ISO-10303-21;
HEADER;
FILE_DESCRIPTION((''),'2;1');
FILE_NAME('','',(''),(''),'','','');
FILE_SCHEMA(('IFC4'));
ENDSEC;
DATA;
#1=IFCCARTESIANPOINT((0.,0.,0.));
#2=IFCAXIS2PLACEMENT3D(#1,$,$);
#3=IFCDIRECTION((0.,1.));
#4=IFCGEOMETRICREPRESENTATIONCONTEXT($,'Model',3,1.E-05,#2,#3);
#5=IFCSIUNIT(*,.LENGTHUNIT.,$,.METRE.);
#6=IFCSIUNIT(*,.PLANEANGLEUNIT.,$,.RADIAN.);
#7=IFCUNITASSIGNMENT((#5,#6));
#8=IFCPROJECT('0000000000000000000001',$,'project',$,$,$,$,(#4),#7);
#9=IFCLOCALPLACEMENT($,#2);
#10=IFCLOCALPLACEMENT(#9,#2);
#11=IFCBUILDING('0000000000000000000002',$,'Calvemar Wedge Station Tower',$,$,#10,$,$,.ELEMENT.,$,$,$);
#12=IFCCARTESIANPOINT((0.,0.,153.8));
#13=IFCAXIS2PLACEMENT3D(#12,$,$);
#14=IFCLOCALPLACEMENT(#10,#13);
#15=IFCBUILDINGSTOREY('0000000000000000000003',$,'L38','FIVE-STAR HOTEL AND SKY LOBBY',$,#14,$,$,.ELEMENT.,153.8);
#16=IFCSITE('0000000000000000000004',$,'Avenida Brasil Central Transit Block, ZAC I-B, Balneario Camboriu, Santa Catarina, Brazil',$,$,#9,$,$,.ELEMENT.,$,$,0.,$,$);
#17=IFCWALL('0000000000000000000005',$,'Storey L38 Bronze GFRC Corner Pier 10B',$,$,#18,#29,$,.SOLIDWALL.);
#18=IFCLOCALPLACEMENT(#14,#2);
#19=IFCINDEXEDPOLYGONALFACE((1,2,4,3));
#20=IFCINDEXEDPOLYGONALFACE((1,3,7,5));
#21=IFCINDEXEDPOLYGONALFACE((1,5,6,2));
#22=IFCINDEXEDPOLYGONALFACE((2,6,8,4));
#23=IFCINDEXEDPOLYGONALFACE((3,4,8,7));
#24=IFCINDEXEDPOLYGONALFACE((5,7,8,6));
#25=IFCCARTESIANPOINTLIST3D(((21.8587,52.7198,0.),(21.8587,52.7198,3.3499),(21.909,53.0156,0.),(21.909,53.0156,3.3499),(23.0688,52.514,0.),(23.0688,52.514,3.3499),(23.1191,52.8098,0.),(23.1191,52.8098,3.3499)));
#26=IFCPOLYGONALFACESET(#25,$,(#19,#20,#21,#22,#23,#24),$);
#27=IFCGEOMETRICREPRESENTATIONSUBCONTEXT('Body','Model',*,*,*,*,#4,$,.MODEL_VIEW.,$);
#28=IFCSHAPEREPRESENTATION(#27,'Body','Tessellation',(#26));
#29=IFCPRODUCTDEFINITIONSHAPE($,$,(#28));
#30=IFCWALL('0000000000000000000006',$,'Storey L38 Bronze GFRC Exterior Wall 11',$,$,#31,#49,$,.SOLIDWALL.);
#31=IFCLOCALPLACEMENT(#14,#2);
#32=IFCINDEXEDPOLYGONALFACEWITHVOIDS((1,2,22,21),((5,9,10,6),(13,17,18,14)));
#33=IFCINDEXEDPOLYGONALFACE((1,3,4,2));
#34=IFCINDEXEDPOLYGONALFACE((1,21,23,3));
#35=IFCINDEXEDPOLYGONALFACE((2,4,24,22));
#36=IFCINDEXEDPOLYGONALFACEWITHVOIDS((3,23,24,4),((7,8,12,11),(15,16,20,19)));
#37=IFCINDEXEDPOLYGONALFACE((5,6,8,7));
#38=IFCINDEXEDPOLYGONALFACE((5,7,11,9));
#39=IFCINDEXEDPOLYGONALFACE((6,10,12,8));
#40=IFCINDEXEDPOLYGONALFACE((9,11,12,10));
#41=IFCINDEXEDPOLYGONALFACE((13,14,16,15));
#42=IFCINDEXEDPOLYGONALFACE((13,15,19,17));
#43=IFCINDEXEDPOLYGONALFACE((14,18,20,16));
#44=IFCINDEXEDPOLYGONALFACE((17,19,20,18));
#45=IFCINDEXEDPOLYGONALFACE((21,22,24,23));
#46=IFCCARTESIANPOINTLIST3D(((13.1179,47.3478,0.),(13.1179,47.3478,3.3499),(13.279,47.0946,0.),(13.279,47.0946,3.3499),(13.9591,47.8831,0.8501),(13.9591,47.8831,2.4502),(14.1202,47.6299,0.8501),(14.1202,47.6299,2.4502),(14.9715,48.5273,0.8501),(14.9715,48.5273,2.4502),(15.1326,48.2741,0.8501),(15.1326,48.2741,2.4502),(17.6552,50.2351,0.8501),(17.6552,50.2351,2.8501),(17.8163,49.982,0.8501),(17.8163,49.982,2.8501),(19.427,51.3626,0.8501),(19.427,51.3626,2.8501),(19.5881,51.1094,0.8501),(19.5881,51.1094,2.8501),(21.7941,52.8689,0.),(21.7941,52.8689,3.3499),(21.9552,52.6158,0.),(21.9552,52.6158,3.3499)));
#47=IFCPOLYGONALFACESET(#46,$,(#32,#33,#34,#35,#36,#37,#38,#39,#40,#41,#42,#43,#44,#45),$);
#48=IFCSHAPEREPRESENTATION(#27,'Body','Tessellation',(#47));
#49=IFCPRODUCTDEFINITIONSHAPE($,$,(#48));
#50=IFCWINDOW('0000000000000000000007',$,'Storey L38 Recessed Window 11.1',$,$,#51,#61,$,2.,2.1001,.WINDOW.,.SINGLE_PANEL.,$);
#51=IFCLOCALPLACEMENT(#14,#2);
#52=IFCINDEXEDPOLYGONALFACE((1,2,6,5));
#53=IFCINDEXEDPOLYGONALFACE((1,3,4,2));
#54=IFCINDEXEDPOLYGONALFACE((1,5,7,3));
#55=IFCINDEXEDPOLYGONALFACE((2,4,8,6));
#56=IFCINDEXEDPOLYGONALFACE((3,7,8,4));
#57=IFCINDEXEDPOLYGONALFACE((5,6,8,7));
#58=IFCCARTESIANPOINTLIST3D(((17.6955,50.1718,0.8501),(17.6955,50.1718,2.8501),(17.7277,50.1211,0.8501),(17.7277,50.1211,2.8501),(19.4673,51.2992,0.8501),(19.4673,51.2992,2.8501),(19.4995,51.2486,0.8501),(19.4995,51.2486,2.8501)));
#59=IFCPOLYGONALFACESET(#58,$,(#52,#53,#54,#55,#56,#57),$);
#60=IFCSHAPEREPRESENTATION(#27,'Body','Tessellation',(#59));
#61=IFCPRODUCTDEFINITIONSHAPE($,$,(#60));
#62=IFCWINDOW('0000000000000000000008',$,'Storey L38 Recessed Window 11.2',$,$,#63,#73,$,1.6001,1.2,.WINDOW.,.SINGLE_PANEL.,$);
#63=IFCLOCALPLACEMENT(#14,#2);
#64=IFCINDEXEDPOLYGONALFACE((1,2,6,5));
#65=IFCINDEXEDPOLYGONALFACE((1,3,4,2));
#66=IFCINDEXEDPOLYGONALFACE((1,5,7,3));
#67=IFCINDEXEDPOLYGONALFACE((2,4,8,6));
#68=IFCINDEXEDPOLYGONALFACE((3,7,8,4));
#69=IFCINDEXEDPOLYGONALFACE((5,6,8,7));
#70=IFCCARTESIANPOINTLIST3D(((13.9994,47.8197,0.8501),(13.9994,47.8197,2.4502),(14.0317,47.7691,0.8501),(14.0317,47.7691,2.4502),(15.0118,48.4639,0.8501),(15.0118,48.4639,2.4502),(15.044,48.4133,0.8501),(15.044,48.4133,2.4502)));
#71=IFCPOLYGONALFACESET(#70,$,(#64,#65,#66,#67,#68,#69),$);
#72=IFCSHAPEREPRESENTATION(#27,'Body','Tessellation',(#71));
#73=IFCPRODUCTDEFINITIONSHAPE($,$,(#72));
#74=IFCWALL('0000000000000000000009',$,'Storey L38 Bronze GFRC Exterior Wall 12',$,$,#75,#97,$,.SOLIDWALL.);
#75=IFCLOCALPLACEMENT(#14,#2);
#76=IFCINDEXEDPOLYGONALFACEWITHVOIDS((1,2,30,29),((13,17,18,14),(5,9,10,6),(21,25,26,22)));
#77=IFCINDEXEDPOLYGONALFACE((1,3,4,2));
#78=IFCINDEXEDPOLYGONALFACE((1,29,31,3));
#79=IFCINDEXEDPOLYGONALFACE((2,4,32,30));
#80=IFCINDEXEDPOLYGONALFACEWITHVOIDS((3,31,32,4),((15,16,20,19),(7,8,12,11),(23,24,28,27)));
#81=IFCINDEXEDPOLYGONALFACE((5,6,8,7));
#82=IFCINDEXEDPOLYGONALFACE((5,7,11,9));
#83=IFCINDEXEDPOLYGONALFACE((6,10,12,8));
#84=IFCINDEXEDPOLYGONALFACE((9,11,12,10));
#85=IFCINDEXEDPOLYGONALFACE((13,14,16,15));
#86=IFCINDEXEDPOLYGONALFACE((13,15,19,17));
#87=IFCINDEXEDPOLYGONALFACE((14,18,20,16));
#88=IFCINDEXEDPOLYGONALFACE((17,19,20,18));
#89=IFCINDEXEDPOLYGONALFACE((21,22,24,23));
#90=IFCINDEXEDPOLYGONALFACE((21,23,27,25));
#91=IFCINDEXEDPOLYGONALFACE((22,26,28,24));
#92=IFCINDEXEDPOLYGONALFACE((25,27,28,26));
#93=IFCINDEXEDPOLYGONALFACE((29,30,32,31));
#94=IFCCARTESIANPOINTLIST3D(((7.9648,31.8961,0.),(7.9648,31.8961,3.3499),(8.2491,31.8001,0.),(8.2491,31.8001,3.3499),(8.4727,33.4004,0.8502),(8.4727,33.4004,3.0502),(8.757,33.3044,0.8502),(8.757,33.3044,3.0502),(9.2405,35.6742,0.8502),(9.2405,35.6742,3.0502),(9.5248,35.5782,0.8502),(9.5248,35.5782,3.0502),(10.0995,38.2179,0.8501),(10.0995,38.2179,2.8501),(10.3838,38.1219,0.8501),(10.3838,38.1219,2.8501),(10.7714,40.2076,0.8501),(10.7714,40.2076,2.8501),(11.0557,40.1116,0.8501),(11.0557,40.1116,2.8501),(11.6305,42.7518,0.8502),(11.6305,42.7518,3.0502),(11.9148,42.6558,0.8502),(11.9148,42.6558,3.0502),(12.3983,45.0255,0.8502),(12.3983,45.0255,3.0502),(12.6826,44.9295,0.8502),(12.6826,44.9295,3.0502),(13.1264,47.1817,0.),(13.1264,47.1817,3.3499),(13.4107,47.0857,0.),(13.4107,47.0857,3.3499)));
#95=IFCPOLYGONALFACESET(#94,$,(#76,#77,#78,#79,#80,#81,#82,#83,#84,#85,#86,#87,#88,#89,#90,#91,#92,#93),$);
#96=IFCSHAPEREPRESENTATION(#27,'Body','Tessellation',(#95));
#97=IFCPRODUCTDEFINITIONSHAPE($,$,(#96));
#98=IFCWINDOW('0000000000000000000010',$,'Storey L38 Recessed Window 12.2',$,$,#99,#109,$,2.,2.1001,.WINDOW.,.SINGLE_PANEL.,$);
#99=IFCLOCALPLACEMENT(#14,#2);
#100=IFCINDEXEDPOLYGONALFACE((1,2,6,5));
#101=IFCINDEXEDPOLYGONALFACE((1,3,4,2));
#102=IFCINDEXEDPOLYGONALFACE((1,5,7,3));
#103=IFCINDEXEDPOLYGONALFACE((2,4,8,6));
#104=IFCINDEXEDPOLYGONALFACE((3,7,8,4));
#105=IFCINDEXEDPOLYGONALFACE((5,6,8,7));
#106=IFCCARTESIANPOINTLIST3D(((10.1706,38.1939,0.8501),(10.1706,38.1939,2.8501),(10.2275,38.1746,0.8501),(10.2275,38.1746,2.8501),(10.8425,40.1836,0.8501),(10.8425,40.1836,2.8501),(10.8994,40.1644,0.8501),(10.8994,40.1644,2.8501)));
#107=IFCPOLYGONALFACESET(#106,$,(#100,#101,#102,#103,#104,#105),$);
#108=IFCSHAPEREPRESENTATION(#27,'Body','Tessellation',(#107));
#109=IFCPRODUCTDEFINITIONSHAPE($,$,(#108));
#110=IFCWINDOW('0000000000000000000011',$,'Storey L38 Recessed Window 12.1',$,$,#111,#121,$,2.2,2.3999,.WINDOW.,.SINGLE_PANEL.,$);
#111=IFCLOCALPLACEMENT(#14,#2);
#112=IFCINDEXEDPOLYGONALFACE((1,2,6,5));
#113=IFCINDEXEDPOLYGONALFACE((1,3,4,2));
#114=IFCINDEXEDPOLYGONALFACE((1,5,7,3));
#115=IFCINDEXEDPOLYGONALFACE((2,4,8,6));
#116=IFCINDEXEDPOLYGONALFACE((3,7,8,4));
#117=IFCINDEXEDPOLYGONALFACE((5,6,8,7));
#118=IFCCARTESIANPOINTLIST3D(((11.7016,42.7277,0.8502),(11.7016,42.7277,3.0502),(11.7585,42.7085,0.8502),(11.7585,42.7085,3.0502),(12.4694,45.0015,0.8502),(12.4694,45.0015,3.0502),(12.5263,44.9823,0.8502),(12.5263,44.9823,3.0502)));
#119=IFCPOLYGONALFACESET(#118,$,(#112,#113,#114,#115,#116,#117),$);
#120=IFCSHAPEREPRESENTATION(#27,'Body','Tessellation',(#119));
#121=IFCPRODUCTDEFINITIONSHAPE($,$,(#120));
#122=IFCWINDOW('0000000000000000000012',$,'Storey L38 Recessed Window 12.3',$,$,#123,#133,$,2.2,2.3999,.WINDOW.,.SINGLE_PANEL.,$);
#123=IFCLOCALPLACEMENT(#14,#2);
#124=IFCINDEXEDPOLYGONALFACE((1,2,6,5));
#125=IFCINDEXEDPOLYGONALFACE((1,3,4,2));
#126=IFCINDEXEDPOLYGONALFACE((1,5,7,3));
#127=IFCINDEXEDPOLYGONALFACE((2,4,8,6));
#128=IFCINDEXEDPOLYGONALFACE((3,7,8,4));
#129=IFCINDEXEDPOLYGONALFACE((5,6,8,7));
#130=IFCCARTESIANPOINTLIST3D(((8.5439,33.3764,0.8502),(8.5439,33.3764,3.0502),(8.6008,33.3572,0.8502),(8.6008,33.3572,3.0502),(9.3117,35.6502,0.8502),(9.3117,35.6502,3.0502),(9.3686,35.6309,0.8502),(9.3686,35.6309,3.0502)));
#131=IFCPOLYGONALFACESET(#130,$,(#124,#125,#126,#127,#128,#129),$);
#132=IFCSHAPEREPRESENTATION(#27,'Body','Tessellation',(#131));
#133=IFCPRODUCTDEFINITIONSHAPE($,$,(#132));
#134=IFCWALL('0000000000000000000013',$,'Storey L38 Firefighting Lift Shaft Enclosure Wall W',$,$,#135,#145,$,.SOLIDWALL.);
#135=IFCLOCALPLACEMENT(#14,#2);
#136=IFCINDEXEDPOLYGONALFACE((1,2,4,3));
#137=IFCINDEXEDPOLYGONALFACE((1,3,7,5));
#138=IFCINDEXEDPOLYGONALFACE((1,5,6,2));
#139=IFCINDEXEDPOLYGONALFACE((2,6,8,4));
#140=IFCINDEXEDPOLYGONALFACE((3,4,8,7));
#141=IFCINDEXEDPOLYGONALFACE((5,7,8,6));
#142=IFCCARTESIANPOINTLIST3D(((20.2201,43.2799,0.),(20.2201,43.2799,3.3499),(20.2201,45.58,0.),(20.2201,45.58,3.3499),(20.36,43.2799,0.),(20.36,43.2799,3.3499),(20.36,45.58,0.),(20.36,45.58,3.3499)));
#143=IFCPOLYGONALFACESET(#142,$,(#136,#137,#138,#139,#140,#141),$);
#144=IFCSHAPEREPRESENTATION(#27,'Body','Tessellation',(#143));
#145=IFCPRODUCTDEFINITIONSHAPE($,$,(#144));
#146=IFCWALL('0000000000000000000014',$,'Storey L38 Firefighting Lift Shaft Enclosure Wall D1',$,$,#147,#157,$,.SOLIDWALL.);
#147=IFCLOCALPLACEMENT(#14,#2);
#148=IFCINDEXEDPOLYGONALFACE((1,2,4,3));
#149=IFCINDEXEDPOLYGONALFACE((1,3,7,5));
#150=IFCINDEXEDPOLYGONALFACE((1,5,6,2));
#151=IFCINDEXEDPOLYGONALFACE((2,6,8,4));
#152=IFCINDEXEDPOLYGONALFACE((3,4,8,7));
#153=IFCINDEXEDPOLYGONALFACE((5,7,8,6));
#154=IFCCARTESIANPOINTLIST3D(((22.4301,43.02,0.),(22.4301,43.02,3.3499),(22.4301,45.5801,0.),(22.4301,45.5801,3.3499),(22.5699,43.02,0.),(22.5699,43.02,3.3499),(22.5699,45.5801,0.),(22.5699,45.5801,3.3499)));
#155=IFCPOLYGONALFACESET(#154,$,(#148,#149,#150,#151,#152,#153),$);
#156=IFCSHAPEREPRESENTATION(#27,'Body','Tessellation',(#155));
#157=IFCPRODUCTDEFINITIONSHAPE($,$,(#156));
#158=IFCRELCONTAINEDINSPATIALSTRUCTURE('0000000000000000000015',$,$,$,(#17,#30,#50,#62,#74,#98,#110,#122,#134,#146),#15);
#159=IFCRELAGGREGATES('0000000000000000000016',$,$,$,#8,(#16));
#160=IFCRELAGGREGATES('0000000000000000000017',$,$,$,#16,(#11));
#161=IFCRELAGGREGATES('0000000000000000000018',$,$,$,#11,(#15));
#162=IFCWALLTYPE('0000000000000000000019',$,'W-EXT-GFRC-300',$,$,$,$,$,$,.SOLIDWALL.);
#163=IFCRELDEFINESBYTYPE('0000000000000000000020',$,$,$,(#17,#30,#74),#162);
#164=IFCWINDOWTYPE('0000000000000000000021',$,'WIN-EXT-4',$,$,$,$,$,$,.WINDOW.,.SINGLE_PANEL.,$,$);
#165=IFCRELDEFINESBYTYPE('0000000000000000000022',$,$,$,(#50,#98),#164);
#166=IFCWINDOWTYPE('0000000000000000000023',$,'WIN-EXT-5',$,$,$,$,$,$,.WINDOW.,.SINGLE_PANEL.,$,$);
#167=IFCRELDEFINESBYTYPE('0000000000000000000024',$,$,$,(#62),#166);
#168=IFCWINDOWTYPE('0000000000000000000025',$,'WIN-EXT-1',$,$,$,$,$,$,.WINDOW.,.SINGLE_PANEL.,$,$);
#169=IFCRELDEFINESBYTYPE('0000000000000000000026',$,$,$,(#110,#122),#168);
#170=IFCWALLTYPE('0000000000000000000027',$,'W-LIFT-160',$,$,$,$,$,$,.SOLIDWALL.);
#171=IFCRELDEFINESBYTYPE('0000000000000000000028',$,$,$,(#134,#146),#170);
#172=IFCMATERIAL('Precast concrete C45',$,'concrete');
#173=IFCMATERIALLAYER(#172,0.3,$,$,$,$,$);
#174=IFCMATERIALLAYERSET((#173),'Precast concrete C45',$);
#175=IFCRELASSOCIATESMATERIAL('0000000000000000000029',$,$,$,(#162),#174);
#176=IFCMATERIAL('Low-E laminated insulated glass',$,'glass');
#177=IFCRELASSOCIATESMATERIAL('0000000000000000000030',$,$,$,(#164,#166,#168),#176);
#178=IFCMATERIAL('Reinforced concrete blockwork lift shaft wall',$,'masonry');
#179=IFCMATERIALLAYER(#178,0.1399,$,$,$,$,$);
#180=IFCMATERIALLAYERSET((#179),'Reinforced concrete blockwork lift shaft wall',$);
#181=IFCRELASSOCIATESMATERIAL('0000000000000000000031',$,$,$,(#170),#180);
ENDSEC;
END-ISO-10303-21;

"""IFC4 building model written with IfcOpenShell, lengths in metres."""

from ifc_helpers import new_model, si_unit, direction, frame, frame_2d, origin, place, context, subcontext, project, spatial, rectangle, extrude, source, transform, mapped, material, layer, layer_set, type_object, element, fill, save


model = new_model("IFC4")

# Units and contexts
model_context = context("Model", 3, precision=1e-05, world=origin(), true_north=direction((0.0, 1.0)))
body_context = subcontext(model_context, "Body", "Model", "MODEL_VIEW")
ifc_project = project(units=[si_unit("LENGTHUNIT", "METRE"), si_unit("PLANEANGLEUNIT", "RADIAN")], contexts=[model_context])

# Site, building, storey
site_placement = place(None, origin())
site = spatial("IfcSite", under=ifc_project, at=site_placement, Name="Avenida Brasil Central Transit Block, ZAC I-B, Balneario Camboriu, Santa Catarina, Brazil", CompositionType="ELEMENT", RefElevation=0.0)
building_placement = place(site_placement, origin())
building = spatial("IfcBuilding", under=site, at=building_placement, Name="Calvemar Wedge Station Tower", CompositionType="ELEMENT")
storey_placement = place(building_placement, frame((0.0, 0.0, 153.8)))
storey = spatial("IfcBuildingStorey", under=building, at=storey_placement, Name="L38", Description="FIVE-STAR HOTEL AND SKY LOBBY", CompositionType="ELEMENT", Elevation=153.8)

# Wall
ifc_material_1 = material(Name="Precast concrete C45", Category="concrete")
ifc_layer_1 = layer(ifc_material_1, 0.3)
ifc_layer_set_1 = layer_set([ifc_layer_1], Name="Precast concrete C45")
wall_type_1 = type_object("IfcWallType", Name="W-EXT-GFRC-300", PredefinedType="SOLIDWALL", material=ifc_layer_set_1)
wall_1_placement = place(storey_placement, frame((23.094, 52.6619, 0.0), z_axis=(0.0, 0.0, 1.0), x_axis=(-0.985846, 0.167655, 0.0)))
element("IfcWall", 1, at=wall_1_placement, inside=storey, type_object=wall_type_1, Name="Storey L38 Bronze GFRC Corner Pier 10B", PredefinedType="SOLIDWALL", context=body_context, shape_type="SweptSolid", body=[
    extrude(rectangle(XDim=1.2275, YDim=0.3, at=frame_2d((0.6138, 0.0))), origin(), (0.0, 0.0, 1.0), 3.3499),
])

# Walls, openings, windows
wall_2_placement = place(storey_placement, frame((21.8748, 52.7424, 0.0), z_axis=(0.0, 0.0, 1.0), x_axis=(-0.843662, -0.536874, 0.0)))
wall_2 = element("IfcWall", 2, at=wall_2_placement, inside=storey, type_object=wall_type_1, Name="Storey L38 Bronze GFRC Exterior Wall 11", PredefinedType="SOLIDWALL", context=body_context, shape_type="SweptSolid", body=[
    extrude(rectangle(XDim=10.2839, YDim=0.3, at=frame_2d((5.1421, 0.0))), origin(), (0.0, 0.0, 1.0), 3.3499),
])
shared_shape_1 = source(origin(), body_context, "Body", "SweptSolid", [
    extrude(rectangle(XDim=2.1001, YDim=2.0, at=frame_2d((1.05, 1.0))), frame((0.0, 0.1602, 0.0), z_axis=(0.0, -1.0, 0.0), x_axis=(1.0, 0.0, 0.0)), (0.0, 0.0, 1.0), 0.3201),
])
opening_1_placement = place(wall_2_placement, frame((2.8059, 0.0, 0.8501)))
opening_1 = element("IfcOpeningElement", 3, at=opening_1_placement, cuts=wall_2, PredefinedType="OPENING", context=body_context, shape_type="MappedRepresentation", body=[
    mapped(shared_shape_1, transform((0.0, 0.0, 0.0), scale=1.0)),
])
shared_shape_2 = source(origin(), body_context, "Body", "SweptSolid", [
    extrude(rectangle(XDim=1.2, YDim=1.6001, at=frame_2d((0.6001, 0.8))), frame((0.0, 0.1602, 0.0), z_axis=(0.0, -1.0, 0.0), x_axis=(1.0, 0.0, 0.0)), (0.0, 0.0, 1.0), 0.3201),
])
opening_2_placement = place(wall_2_placement, frame((8.0869, 0.0, 0.8501)))
opening_2 = element("IfcOpeningElement", 4, at=opening_2_placement, cuts=wall_2, PredefinedType="OPENING", context=body_context, shape_type="MappedRepresentation", body=[
    mapped(shared_shape_2, transform((0.0, 0.0, 0.0), scale=1.0)),
])
ifc_material_2 = material(Name="Low-E laminated insulated glass", Category="glass")
window_type_1 = type_object("IfcWindowType", Name="WIN-EXT-4", PartitioningType="SINGLE_PANEL", PredefinedType="WINDOW", material=ifc_material_2)
shared_shape_3 = source(origin(), body_context, "Body", "SweptSolid", [
    extrude(rectangle(XDim=2.1001, YDim=2.0, at=frame_2d((1.05, 1.0))), frame((0.0, -0.0149, 0.0), z_axis=(0.0, -1.0, 0.0), x_axis=(1.0, 0.0, 0.0)), (0.0, 0.0, 1.0), 0.0601),
])
window_1_placement = place(opening_1_placement, origin())
window_1 = element("IfcWindow", 5, at=window_1_placement, inside=storey, type_object=window_type_1, Name="Storey L38 Recessed Window 11.1", OverallHeight=2.0, OverallWidth=2.1001, PartitioningType="SINGLE_PANEL", PredefinedType="WINDOW", context=body_context, shape_type="MappedRepresentation", body=[
    mapped(shared_shape_3, transform((0.0, 0.0, 0.0), scale=1.0)),
])
fill(opening_1, window_1)
window_type_2 = type_object("IfcWindowType", Name="WIN-EXT-5", PartitioningType="SINGLE_PANEL", PredefinedType="WINDOW", material=ifc_material_2)
shared_shape_4 = source(origin(), body_context, "Body", "SweptSolid", [
    extrude(rectangle(XDim=1.2, YDim=1.6001, at=frame_2d((0.6001, 0.8))), frame((0.0, -0.0149, 0.0), z_axis=(0.0, -1.0, 0.0), x_axis=(1.0, 0.0, 0.0)), (0.0, 0.0, 1.0), 0.0601),
])
window_2_placement = place(opening_2_placement, origin())
window_2 = element("IfcWindow", 6, at=window_2_placement, inside=storey, type_object=window_type_2, Name="Storey L38 Recessed Window 11.2", OverallHeight=1.6001, OverallWidth=1.2, PartitioningType="SINGLE_PANEL", PredefinedType="WINDOW", context=body_context, shape_type="MappedRepresentation", body=[
    mapped(shared_shape_4, transform((0.0, 0.0, 0.0), scale=1.0)),
])
fill(opening_2, window_2)
wall_3_placement = place(storey_placement, frame((13.2686, 47.1338, 0.0), z_axis=(0.0, 0.0, 1.0), x_axis=(-0.31993, -0.947441, 0.0)))
wall_3 = element("IfcWall", 7, at=wall_3_placement, inside=storey, type_object=wall_type_1, Name="Storey L38 Bronze GFRC Exterior Wall 12", PredefinedType="SOLIDWALL", context=body_context, shape_type="SweptSolid", body=[
    extrude(rectangle(XDim=16.1335, YDim=0.3, at=frame_2d((8.0669, 0.0))), origin(), (0.0, 0.0, 1.0), 3.3499),
])
shared_shape_5 = source(origin(), body_context, "Body", "SweptSolid", [
    extrude(rectangle(XDim=2.3999, YDim=2.2, at=frame_2d((1.2, 1.1001))), frame((0.0, 0.1602, 0.0), z_axis=(0.0, -1.0, 0.0), x_axis=(1.0, 0.0, 0.0)), (0.0, 0.0, 1.0), 0.3201),
])
opening_3_placement = place(wall_3_placement, frame((2.2759, 0.0, 0.8501)))
opening_3 = element("IfcOpeningElement", 8, at=opening_3_placement, cuts=wall_3, PredefinedType="OPENING", context=body_context, shape_type="MappedRepresentation", body=[
    mapped(shared_shape_5, transform((0.0, 0.0, 0.0), scale=1.0)),
])
opening_4_placement = place(wall_3_placement, frame((7.3611, 0.0, 0.8501)))
opening_4 = element("IfcOpeningElement", 9, at=opening_4_placement, cuts=wall_3, PredefinedType="OPENING", context=body_context, shape_type="MappedRepresentation", body=[
    mapped(shared_shape_1, transform((0.0, 0.0, 0.0), scale=1.0)),
])
opening_5_placement = place(wall_3_placement, frame((12.146, 0.0, 0.8501)))
opening_5 = element("IfcOpeningElement", 10, at=opening_5_placement, cuts=wall_3, PredefinedType="OPENING", context=body_context, shape_type="MappedRepresentation", body=[
    mapped(shared_shape_5, transform((0.0, 0.0, 0.0), scale=1.0)),
])
window_3_placement = place(opening_4_placement, origin())
window_3 = element("IfcWindow", 11, at=window_3_placement, inside=storey, type_object=window_type_1, Name="Storey L38 Recessed Window 12.2", OverallHeight=2.0, OverallWidth=2.1001, PartitioningType="SINGLE_PANEL", PredefinedType="WINDOW", context=body_context, shape_type="MappedRepresentation", body=[
    mapped(shared_shape_3, transform((0.0, 0.0, 0.0), scale=1.0)),
])
fill(opening_4, window_3)
window_type_3 = type_object("IfcWindowType", Name="WIN-EXT-1", PartitioningType="SINGLE_PANEL", PredefinedType="WINDOW", material=ifc_material_2)
shared_shape_6 = source(origin(), body_context, "Body", "SweptSolid", [
    extrude(rectangle(XDim=2.3999, YDim=2.2, at=frame_2d((1.2, 1.1001))), frame((0.0, -0.0149, 0.0), z_axis=(0.0, -1.0, 0.0), x_axis=(1.0, 0.0, 0.0)), (0.0, 0.0, 1.0), 0.0601),
])
window_4_placement = place(opening_3_placement, origin())
window_4 = element("IfcWindow", 12, at=window_4_placement, inside=storey, type_object=window_type_3, Name="Storey L38 Recessed Window 12.1", OverallHeight=2.2, OverallWidth=2.3999, PartitioningType="SINGLE_PANEL", PredefinedType="WINDOW", context=body_context, shape_type="MappedRepresentation", body=[
    mapped(shared_shape_6, transform((0.0, 0.0, 0.0), scale=1.0)),
])
fill(opening_3, window_4)
window_5_placement = place(opening_5_placement, origin())
window_5 = element("IfcWindow", 13, at=window_5_placement, inside=storey, type_object=window_type_3, Name="Storey L38 Recessed Window 12.3", OverallHeight=2.2, OverallWidth=2.3999, PartitioningType="SINGLE_PANEL", PredefinedType="WINDOW", context=body_context, shape_type="MappedRepresentation", body=[
    mapped(shared_shape_6, transform((0.0, 0.0, 0.0), scale=1.0)),
])
fill(opening_5, window_5)

# Shared definitions
ifc_material_3 = material(Name="Reinforced concrete blockwork lift shaft wall", Category="masonry")
ifc_layer_2 = layer(ifc_material_3, 0.1399)
ifc_layer_set_2 = layer_set([ifc_layer_2], Name="Reinforced concrete blockwork lift shaft wall")
wall_type_2 = type_object("IfcWallType", Name="W-LIFT-160", PredefinedType="SOLIDWALL", material=ifc_layer_set_2)

# Walls
wall_4_placement = place(storey_placement, frame((20.29, 43.28, 0.0), z_axis=(0.0, 0.0, 1.0), x_axis=(0.0, 1.0, 0.0)))
element("IfcWall", 14, at=wall_4_placement, inside=storey, type_object=wall_type_2, Name="Storey L38 Firefighting Lift Shaft Enclosure Wall W", PredefinedType="SOLIDWALL", context=body_context, shape_type="SweptSolid", body=[
    extrude(rectangle(XDim=2.3, YDim=0.1399, at=frame_2d((1.1499, 0.0))), origin(), (0.0, 0.0, 1.0), 3.3499),
])
wall_5_placement = place(storey_placement, frame((22.5, 43.02, 0.0), z_axis=(0.0, 0.0, 1.0), x_axis=(0.0, 1.0, 0.0)))
element("IfcWall", 15, at=wall_5_placement, inside=storey, type_object=wall_type_2, Name="Storey L38 Firefighting Lift Shaft Enclosure Wall D1", PredefinedType="SOLIDWALL", context=body_context, shape_type="SweptSolid", body=[
    extrude(rectangle(XDim=2.5601, YDim=0.1399, at=frame_2d((1.28, 0.0))), origin(), (0.0, 0.0, 1.0), 3.3499),
])

save(model, "model.ifc")
